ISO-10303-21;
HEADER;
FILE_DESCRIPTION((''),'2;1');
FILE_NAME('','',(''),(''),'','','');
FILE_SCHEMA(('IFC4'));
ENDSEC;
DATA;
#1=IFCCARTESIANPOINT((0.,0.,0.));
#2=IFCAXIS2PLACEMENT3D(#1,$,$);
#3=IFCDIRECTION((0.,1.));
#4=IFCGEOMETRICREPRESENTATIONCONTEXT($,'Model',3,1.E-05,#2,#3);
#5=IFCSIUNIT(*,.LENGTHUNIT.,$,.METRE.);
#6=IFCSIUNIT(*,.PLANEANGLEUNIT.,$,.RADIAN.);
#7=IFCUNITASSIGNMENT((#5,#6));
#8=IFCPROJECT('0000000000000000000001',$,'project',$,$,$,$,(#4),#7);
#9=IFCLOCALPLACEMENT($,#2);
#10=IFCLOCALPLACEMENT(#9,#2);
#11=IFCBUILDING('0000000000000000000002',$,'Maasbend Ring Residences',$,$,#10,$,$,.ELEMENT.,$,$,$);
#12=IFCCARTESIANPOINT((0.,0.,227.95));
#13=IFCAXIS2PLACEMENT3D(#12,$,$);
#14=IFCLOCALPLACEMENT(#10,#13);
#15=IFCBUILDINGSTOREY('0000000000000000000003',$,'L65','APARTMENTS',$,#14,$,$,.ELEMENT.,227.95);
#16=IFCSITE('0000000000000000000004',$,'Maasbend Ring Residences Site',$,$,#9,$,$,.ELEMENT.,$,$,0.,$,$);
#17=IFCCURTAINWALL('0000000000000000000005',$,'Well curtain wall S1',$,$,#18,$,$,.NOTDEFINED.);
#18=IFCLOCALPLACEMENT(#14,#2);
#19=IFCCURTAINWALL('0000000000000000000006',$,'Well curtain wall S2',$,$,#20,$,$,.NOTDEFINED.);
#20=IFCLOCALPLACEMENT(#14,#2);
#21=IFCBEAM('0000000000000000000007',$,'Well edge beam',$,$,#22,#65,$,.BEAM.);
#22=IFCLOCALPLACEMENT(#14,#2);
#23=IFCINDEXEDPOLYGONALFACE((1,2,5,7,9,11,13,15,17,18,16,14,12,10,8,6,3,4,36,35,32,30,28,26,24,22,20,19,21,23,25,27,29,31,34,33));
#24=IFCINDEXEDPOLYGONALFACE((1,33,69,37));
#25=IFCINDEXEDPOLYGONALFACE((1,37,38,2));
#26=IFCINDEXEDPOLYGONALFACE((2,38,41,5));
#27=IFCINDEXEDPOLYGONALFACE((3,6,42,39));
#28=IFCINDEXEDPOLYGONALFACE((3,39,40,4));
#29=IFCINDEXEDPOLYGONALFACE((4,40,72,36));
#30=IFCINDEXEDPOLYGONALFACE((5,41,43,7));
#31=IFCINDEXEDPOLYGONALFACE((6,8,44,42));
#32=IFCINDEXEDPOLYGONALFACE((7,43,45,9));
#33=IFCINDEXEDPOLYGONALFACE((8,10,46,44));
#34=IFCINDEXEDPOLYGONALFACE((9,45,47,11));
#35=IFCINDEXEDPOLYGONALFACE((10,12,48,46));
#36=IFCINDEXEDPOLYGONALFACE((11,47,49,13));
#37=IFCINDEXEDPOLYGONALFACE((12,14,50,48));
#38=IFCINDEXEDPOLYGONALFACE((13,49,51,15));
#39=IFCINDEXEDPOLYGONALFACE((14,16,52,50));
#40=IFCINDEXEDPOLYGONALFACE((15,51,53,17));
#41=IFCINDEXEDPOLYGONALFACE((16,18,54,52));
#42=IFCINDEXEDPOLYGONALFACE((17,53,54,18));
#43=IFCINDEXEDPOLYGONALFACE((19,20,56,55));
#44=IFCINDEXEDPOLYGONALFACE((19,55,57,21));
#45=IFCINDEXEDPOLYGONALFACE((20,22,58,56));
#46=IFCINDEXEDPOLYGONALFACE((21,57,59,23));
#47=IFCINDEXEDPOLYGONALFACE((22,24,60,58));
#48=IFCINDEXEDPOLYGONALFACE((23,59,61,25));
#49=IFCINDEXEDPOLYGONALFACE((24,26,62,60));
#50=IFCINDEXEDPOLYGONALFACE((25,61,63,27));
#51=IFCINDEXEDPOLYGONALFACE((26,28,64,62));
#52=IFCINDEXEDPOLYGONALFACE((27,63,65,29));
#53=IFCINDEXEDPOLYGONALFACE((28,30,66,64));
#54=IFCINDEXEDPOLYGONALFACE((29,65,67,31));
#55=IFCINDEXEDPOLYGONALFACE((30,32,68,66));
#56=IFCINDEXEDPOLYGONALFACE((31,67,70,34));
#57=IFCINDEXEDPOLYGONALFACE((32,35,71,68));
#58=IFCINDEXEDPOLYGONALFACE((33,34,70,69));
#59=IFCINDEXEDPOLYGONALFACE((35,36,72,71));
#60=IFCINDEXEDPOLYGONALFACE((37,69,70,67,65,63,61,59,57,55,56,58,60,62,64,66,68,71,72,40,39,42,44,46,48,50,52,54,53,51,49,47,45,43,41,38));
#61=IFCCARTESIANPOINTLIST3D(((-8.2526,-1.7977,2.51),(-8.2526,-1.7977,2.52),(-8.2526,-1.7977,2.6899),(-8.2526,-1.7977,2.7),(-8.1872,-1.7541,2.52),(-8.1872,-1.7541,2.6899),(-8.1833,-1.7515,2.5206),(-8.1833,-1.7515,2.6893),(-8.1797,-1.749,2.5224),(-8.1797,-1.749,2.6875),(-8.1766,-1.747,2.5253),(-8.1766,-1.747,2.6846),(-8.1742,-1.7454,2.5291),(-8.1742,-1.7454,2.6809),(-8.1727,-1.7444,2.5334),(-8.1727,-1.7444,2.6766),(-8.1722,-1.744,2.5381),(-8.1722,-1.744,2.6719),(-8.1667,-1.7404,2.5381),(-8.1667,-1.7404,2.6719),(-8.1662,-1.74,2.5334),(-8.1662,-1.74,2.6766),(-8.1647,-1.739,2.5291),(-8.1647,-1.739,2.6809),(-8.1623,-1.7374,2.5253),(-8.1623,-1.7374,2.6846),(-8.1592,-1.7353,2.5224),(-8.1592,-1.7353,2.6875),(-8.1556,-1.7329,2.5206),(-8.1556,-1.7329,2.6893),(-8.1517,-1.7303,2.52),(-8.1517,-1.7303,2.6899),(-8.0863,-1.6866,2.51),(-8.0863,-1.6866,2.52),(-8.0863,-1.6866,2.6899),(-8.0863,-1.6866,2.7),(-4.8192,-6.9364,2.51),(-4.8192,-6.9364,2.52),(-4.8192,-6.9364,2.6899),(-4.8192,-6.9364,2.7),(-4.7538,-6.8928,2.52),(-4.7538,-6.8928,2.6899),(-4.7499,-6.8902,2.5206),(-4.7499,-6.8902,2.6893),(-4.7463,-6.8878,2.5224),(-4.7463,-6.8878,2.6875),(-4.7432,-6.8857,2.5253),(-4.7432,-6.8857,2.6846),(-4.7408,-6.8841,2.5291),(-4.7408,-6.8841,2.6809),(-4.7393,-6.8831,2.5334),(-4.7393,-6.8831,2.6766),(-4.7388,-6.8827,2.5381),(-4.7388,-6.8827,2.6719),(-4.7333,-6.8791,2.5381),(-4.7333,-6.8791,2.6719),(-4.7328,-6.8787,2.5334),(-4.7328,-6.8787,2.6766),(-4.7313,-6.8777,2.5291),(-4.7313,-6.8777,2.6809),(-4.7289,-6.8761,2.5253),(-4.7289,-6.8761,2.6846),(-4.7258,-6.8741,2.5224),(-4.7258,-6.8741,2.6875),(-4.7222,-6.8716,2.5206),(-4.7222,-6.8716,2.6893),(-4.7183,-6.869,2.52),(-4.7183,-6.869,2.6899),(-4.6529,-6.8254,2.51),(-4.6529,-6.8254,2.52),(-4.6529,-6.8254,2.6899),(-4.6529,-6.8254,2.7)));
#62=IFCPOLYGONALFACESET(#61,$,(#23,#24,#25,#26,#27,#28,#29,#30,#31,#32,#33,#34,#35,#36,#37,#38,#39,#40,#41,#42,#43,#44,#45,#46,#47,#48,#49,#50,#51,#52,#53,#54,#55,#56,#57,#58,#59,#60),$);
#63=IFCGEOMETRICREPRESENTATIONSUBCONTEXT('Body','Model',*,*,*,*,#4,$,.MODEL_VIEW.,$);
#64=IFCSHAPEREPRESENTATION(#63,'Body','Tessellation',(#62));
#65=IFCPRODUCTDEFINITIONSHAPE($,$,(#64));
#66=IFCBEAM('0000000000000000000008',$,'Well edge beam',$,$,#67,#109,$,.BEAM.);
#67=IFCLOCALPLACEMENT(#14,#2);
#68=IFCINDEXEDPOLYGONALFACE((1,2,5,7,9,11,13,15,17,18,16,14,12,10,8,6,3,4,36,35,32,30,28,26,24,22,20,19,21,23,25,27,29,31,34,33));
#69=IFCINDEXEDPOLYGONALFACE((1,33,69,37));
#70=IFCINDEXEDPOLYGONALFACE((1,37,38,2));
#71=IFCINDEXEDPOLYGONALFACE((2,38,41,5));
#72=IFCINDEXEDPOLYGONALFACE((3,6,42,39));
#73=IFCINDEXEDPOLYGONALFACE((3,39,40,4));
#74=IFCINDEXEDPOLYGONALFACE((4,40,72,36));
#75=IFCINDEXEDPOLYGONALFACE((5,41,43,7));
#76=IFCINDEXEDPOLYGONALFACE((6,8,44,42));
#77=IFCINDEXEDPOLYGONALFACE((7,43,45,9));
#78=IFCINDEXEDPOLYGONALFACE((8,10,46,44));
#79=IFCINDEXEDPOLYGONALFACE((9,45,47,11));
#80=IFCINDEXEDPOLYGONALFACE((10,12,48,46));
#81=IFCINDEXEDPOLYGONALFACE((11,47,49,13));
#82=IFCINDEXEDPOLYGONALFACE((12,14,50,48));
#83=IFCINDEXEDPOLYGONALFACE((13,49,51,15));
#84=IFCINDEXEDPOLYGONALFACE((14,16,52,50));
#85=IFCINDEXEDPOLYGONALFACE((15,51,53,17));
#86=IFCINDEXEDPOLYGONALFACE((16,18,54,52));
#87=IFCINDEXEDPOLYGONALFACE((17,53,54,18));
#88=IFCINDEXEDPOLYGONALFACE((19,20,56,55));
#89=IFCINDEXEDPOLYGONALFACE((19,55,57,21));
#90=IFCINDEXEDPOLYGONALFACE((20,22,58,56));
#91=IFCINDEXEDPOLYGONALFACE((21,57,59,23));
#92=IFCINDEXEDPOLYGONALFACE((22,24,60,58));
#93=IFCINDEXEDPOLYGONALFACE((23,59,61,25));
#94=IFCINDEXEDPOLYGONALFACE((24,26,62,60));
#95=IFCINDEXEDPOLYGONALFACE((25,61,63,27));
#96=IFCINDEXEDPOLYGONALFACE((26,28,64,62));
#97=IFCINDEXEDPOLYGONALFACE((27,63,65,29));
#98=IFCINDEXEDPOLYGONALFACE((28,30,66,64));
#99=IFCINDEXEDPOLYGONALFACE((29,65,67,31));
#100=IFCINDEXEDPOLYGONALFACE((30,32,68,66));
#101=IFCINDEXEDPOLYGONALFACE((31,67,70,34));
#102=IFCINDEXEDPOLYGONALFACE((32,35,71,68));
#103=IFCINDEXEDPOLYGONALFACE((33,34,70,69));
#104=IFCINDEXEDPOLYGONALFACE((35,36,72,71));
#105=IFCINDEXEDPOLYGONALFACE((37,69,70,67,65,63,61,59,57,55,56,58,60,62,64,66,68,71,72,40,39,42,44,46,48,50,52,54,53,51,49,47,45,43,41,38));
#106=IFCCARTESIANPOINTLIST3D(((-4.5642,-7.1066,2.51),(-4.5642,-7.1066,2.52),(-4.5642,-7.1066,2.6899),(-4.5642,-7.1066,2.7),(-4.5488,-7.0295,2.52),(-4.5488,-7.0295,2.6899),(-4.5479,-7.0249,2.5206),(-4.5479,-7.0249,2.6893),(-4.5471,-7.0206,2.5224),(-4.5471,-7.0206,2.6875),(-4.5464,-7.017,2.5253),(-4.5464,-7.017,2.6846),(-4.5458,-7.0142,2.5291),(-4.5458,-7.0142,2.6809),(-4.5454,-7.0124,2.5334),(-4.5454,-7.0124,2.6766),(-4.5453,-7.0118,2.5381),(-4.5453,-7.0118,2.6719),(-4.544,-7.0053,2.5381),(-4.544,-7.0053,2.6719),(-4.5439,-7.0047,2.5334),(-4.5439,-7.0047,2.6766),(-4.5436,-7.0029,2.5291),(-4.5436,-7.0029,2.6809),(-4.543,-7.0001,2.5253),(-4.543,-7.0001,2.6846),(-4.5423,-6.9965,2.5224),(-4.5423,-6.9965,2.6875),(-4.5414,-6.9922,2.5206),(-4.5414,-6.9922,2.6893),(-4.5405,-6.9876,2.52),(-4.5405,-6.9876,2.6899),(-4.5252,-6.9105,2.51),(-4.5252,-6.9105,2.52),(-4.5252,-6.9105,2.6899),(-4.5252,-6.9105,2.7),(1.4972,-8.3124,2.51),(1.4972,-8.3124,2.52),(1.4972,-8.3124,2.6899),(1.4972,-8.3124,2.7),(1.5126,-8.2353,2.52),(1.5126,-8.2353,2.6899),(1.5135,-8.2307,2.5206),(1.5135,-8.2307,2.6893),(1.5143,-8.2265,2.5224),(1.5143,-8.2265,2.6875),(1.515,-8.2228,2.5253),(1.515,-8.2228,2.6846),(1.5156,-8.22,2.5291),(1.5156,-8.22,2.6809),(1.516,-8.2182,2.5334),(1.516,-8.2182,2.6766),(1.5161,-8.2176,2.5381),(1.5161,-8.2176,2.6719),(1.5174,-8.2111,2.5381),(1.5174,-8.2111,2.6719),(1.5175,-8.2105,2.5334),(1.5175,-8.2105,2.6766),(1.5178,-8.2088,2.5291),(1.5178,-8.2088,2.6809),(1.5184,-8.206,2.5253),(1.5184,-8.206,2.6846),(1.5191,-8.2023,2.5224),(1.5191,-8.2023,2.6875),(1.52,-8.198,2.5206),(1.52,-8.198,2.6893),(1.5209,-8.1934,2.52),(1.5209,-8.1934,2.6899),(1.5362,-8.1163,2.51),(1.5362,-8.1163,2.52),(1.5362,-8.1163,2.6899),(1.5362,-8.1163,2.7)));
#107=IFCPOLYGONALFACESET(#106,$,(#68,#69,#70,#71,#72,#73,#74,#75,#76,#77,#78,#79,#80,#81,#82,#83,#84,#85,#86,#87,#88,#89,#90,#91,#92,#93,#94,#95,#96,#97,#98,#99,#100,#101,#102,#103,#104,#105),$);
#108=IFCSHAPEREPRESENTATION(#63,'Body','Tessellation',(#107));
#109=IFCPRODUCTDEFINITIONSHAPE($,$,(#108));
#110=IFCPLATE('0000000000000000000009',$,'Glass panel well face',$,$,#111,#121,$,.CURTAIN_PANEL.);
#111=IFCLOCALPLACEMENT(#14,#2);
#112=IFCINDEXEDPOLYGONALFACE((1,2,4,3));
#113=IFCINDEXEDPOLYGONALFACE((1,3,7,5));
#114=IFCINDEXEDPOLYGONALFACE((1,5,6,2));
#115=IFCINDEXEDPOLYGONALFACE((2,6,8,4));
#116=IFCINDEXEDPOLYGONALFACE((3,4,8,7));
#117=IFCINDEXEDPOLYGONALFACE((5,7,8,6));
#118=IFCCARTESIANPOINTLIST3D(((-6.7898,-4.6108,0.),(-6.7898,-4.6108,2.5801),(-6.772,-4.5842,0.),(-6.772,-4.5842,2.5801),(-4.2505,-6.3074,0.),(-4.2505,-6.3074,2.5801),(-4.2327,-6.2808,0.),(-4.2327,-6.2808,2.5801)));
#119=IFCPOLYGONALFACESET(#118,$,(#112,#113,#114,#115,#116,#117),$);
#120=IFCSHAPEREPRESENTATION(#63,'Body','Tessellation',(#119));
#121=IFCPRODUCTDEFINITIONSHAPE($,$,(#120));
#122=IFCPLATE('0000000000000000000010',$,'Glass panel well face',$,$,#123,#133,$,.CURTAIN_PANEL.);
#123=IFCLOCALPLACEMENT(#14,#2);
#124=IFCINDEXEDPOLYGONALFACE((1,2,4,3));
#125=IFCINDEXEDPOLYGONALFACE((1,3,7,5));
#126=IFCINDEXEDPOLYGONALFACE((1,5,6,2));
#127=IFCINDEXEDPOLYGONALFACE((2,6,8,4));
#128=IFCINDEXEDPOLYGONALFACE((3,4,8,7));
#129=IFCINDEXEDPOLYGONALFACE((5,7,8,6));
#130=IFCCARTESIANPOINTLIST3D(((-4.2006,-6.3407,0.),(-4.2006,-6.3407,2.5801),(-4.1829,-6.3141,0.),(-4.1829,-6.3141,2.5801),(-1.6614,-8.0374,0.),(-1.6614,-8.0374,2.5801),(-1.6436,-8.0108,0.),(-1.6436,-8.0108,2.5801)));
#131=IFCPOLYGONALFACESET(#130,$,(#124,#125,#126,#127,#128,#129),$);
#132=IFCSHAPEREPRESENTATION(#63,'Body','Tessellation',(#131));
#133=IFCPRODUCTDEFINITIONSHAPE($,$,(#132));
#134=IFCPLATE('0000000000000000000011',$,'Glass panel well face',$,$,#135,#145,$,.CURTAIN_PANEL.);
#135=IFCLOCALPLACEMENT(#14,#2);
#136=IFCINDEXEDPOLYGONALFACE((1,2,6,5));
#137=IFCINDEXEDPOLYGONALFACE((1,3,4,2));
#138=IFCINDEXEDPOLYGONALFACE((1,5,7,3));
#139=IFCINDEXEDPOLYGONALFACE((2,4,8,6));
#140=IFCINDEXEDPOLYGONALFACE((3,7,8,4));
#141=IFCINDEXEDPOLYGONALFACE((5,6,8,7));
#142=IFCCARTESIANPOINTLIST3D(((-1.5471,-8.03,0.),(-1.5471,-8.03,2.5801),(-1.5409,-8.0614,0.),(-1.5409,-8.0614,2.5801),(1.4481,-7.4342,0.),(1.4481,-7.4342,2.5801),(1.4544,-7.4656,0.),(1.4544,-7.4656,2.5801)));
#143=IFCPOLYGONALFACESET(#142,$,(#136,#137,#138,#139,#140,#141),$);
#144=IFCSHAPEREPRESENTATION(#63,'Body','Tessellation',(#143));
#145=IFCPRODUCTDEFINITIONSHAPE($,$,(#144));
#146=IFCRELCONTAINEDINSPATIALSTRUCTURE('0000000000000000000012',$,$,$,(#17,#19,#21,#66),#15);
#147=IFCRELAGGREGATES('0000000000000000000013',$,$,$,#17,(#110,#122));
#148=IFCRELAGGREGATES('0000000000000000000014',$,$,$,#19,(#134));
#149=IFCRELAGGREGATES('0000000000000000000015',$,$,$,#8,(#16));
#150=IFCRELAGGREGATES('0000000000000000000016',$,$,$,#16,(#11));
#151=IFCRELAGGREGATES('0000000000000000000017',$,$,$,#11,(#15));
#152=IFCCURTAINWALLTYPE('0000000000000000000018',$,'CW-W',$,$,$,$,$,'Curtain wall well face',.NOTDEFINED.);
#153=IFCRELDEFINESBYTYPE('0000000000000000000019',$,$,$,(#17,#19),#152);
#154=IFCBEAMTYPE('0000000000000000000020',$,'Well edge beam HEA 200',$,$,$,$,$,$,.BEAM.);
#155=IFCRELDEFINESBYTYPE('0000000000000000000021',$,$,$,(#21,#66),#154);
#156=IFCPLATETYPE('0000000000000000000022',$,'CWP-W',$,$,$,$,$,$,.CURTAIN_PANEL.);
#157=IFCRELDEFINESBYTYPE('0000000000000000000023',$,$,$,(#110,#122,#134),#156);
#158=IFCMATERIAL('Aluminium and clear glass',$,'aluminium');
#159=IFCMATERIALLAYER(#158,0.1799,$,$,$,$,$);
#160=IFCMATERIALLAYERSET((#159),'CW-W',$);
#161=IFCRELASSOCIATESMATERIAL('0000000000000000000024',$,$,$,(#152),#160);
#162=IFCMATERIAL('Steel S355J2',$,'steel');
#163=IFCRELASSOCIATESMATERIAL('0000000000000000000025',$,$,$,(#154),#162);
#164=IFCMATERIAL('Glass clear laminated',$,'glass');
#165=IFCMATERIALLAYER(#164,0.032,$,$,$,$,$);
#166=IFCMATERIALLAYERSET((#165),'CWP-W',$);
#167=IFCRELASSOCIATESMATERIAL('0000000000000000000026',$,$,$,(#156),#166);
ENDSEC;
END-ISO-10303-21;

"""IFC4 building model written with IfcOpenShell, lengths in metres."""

from ifc_helpers import new_model, si_unit, direction, frame, origin, origin_2d, place, context, subcontext, project, spatial, rectangle, i_section, extrude, material, layer, layer_set, material_profile, profile_set, type_object, element, aggregate, save


model = new_model("IFC4")

# Units and contexts
model_context = context("Model", 3, precision=1e-05, world=origin(), true_north=direction((0.0, 1.0)))
body_context = subcontext(model_context, "Body", "Model", "MODEL_VIEW")
ifc_project = project(units=[si_unit("LENGTHUNIT", "METRE"), si_unit("PLANEANGLEUNIT", "RADIAN")], contexts=[model_context])

# Site, building, storey
site_placement = place(None, origin())
site = spatial("IfcSite", under=ifc_project, at=site_placement, Name="Maasbend Ring Residences Site", CompositionType="ELEMENT", RefElevation=0.0)
building_placement = place(site_placement, origin())
building = spatial("IfcBuilding", under=site, at=building_placement, Name="Maasbend Ring Residences", CompositionType="ELEMENT")
storey_placement = place(building_placement, frame((0.0, 0.0, 227.95)))
storey = spatial("IfcBuildingStorey", under=building, at=storey_placement, Name="L65", Description="APARTMENTS", CompositionType="ELEMENT", Elevation=227.95)

# Curtain wall
ifc_material_1 = material(Name="Aluminium and clear glass", Category="aluminium")
ifc_layer_1 = layer(ifc_material_1, 0.1799)
ifc_layer_set_1 = layer_set([ifc_layer_1], Name="CW-W")
curtain_wall_type = type_object("IfcCurtainWallType", Name="CW-W", ElementType="Curtain wall well face", PredefinedType="NOTDEFINED", material=ifc_layer_set_1)
curtain_wall_1_placement = place(storey_placement, origin())
curtain_wall_1 = element("IfcCurtainWall", 1, at=curtain_wall_1_placement, inside=storey, type_object=curtain_wall_type, Name="Well curtain wall S1", PredefinedType="NOTDEFINED")

# Curtain wall
curtain_wall_2_placement = place(storey_placement, origin())
curtain_wall_2 = element("IfcCurtainWall", 2, at=curtain_wall_2_placement, inside=storey, type_object=curtain_wall_type, Name="Well curtain wall S2", PredefinedType="NOTDEFINED")

# Beams
ifc_material_2 = material(Name="Steel S355J2", Category="steel")
ifc_material_profile_1 = material_profile(ifc_material_2, i_section(OverallWidth=0.2, OverallDepth=0.1899, WebThickness=0.0066, FlangeThickness=0.01, FilletRadius=0.0181, at=origin_2d()), Name="HEA 200")
ifc_profile_set_1 = profile_set([ifc_material_profile_1], Name="Steel S355J2")
beam_type = type_object("IfcBeamType", Name="Well edge beam HEA 200", PredefinedType="BEAM", material=ifc_profile_set_1)
for number, where, z_axis, x_axis, name in (
    (3, (-8.1694, -1.7422, 2.605), (0.555548, -0.831485, 0.0), (0.831485, 0.555548, 0.0), "Well edge beam"),
    (4, (-4.5447, -7.0085, 2.605), (0.980781, -0.195113, 0.0), (0.195113, 0.980781, 0.0), "Well edge beam"),
):
    element("IfcBeam", number, at=place(storey_placement, frame(where, z_axis=z_axis, x_axis=x_axis)), inside=storey, type_object=beam_type, Name=name, PredefinedType="BEAM", context=body_context, shape_type="SweptSolid", body=[
        extrude(i_section(OverallWidth=0.2, OverallDepth=0.1899, WebThickness=0.0066, FlangeThickness=0.01, FilletRadius=0.0181, at=origin_2d()), origin(), (0.0, 0.0, 1.0), 6.1802),
    ])

# Plates
ifc_material_3 = material(Name="Glass clear laminated", Category="glass")
ifc_layer_2 = layer(ifc_material_3, 0.032)
ifc_layer_set_2 = layer_set([ifc_layer_2], Name="CWP-W")
plate_type = type_object("IfcPlateType", Name="CWP-W", PredefinedType="CURTAIN_PANEL", material=ifc_layer_set_2)
plate_1_placement = place(storey_placement, frame((-5.5112, -5.4458, 0.0), z_axis=(0.0, 0.0, 1.0), x_axis=(0.83147, -0.55557, 0.0)))
plate_1 = element("IfcPlate", 5, at=plate_1_placement, type_object=plate_type, Name="Glass panel well face", PredefinedType="CURTAIN_PANEL", context=body_context, shape_type="SweptSolid", body=[
    extrude(rectangle(XDim=3.054, YDim=0.032, at=origin_2d()), origin(), (0.0, 0.0, 1.0), 2.5801),
])
plate_2_placement = place(storey_placement, frame((-2.9221, -7.1758, 0.0), z_axis=(0.0, 0.0, 1.0), x_axis=(0.83147, -0.55557, 0.0)))
plate_2 = element("IfcPlate", 6, at=plate_2_placement, type_object=plate_type, Name="Glass panel well face", PredefinedType="CURTAIN_PANEL", context=body_context, shape_type="SweptSolid", body=[
    extrude(rectangle(XDim=3.054, YDim=0.032, at=origin_2d()), origin(), (0.0, 0.0, 1.0), 2.5801),
])
aggregate(curtain_wall_1, [plate_1, plate_2])
plate_3_placement = place(storey_placement, frame((-0.0464, -7.7478, 0.0), z_axis=(0.0, 0.0, 1.0), x_axis=(0.980785, 0.19509, 0.0)))
plate_3 = element("IfcPlate", 7, at=plate_3_placement, type_object=plate_type, Name="Glass panel well face", PredefinedType="CURTAIN_PANEL", context=body_context, shape_type="SweptSolid", body=[
    extrude(rectangle(XDim=3.054, YDim=0.032, at=origin_2d()), origin(), (0.0, 0.0, 1.0), 2.5801),
])
aggregate(curtain_wall_2, [plate_3])

save(model, "model.ifc")
